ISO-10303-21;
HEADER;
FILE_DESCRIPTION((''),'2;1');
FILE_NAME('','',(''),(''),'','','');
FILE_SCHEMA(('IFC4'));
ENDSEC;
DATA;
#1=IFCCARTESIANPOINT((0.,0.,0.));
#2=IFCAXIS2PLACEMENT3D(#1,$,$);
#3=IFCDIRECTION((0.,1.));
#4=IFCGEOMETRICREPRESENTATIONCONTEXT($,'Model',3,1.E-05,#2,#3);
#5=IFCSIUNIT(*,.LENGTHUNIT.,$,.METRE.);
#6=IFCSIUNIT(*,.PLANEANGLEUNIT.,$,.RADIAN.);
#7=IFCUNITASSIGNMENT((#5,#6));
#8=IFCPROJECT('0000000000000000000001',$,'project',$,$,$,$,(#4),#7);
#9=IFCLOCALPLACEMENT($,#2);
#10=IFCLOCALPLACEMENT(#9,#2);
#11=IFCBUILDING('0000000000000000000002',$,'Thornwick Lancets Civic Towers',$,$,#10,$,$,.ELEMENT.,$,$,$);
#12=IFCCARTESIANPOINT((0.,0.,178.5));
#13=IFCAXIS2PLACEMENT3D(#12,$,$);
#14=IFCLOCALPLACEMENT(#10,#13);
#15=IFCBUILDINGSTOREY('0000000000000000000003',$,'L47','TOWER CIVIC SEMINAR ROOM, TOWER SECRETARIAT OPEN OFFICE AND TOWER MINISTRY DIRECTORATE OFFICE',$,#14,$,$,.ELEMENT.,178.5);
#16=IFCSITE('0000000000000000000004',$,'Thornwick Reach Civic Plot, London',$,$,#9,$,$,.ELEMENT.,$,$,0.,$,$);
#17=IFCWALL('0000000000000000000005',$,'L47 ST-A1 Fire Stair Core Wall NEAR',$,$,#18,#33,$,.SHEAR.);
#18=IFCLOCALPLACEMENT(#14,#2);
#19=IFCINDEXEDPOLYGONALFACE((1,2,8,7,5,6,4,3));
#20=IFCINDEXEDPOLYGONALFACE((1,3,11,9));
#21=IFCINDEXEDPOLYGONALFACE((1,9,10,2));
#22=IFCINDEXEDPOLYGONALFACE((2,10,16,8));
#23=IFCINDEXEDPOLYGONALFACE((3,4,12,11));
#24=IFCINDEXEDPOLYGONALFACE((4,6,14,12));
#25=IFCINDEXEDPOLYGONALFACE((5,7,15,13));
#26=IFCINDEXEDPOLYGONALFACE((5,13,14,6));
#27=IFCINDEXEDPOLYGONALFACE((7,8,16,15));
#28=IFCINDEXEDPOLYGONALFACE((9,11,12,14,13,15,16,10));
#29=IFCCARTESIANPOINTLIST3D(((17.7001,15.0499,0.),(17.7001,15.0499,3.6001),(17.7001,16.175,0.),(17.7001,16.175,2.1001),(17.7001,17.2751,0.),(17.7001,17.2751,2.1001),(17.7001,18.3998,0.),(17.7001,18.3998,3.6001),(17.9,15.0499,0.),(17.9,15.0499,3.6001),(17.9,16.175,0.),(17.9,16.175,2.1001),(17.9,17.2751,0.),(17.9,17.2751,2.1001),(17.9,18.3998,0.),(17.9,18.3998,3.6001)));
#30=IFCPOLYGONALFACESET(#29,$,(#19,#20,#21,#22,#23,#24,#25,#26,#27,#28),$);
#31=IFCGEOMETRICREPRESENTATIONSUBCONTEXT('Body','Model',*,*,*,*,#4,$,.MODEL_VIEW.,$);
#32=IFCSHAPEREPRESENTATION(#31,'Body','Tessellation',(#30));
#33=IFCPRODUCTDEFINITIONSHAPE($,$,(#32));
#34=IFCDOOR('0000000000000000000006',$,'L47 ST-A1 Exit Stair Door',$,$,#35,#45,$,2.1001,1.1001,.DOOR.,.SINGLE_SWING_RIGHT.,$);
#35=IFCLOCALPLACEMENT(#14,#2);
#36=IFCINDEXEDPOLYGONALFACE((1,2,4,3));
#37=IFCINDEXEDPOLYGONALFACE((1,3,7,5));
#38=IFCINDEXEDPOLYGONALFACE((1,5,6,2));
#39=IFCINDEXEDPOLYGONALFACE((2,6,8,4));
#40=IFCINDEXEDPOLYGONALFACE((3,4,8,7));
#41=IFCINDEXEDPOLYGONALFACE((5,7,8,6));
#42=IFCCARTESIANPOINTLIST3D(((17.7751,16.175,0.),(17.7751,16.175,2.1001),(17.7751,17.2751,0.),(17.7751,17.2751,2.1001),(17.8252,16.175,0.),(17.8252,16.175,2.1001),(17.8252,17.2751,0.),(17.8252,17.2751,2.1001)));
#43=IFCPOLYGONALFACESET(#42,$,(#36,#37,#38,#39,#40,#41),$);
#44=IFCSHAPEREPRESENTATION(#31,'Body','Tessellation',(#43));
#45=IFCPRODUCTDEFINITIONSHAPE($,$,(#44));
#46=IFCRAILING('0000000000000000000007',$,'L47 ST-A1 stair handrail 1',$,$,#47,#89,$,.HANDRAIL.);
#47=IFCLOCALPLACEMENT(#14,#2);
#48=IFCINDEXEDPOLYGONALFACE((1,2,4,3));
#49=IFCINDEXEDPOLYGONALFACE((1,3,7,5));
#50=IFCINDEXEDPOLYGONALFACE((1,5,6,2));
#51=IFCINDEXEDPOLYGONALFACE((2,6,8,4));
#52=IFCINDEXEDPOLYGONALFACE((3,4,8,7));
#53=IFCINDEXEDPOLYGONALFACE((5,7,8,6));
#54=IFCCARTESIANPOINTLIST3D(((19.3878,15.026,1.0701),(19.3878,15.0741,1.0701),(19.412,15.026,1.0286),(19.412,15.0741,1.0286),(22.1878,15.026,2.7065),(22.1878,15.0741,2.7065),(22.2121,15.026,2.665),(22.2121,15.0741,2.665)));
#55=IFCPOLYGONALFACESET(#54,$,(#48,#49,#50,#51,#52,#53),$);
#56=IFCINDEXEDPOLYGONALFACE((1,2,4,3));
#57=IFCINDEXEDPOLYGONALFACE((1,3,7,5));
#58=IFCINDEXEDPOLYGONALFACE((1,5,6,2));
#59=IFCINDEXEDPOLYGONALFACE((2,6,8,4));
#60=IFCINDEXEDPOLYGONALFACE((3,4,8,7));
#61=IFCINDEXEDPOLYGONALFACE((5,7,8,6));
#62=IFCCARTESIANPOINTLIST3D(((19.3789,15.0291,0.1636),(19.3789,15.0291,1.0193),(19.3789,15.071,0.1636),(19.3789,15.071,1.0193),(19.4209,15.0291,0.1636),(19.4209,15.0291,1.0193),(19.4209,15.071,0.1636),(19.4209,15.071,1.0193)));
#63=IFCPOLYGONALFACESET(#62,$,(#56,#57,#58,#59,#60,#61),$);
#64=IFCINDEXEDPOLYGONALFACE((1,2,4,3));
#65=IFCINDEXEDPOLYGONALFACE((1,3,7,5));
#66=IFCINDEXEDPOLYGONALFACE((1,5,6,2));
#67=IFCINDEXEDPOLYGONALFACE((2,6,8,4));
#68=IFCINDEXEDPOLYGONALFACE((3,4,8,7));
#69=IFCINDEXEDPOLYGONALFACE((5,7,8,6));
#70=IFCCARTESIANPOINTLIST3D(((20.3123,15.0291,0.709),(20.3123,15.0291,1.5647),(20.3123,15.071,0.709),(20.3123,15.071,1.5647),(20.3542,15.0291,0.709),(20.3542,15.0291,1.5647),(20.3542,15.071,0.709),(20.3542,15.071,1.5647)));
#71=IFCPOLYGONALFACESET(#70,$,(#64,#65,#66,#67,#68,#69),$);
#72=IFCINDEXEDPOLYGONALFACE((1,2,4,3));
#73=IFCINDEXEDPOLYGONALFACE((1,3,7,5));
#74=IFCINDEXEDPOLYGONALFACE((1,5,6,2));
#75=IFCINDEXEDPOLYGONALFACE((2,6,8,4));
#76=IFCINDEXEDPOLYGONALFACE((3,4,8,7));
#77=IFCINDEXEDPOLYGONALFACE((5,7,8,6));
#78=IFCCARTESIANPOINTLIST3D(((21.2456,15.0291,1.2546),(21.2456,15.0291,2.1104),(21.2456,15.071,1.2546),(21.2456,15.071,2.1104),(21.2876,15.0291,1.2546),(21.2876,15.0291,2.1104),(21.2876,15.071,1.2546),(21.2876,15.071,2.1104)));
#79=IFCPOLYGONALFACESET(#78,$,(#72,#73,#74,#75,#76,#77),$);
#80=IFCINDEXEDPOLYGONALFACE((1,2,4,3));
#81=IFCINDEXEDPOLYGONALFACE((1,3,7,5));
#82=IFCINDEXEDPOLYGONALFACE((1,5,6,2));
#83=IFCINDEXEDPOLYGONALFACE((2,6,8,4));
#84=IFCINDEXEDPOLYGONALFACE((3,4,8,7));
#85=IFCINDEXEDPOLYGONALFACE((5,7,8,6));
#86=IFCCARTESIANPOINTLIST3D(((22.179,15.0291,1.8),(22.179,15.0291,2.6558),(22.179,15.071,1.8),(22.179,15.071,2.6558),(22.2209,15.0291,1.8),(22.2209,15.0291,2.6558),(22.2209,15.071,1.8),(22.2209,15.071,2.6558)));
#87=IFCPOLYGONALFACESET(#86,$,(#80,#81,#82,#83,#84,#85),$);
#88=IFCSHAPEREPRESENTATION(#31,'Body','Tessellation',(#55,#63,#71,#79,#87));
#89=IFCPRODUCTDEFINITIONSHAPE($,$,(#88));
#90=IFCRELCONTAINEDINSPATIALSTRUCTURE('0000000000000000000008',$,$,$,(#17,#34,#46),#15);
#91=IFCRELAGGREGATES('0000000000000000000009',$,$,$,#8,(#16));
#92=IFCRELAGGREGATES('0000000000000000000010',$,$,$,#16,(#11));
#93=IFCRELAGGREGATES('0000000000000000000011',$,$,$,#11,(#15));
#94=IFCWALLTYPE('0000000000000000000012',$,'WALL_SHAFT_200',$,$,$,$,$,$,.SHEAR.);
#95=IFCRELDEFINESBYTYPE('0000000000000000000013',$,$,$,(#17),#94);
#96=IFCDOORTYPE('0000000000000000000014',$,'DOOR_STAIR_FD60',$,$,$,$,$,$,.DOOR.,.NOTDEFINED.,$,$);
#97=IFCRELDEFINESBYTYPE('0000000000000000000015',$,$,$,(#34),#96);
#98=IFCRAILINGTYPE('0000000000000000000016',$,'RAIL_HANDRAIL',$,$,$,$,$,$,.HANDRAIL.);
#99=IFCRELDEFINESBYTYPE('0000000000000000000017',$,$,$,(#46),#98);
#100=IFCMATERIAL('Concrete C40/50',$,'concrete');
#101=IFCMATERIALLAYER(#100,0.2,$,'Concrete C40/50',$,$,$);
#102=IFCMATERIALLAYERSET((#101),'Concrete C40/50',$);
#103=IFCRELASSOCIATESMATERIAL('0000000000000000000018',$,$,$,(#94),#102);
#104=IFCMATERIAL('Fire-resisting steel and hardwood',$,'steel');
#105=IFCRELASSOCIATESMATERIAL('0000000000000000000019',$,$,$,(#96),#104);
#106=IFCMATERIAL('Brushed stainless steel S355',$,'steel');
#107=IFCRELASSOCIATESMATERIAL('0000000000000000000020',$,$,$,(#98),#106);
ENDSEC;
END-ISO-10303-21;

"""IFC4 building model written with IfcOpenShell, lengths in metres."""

from ifc_helpers import new_model, si_unit, direction, frame, frame_2d, origin, origin_2d, place, context, subcontext, project, spatial, rectangle, extrude, material, layer, layer_set, type_object, element, fill, save


model = new_model("IFC4")

# Units and contexts
model_context = context("Model", 3, precision=1e-05, world=origin(), true_north=direction((0.0, 1.0)))
body_context = subcontext(model_context, "Body", "Model", "MODEL_VIEW")
ifc_project = project(units=[si_unit("LENGTHUNIT", "METRE"), si_unit("PLANEANGLEUNIT", "RADIAN")], contexts=[model_context])

# Site, building, storey
site_placement = place(None, origin())
site = spatial("IfcSite", under=ifc_project, at=site_placement, Name="Thornwick Reach Civic Plot, London", CompositionType="ELEMENT", RefElevation=0.0)
building_placement = place(site_placement, origin())
building = spatial("IfcBuilding", under=site, at=building_placement, Name="Thornwick Lancets Civic Towers", CompositionType="ELEMENT")
storey_placement = place(building_placement, frame((0.0, 0.0, 178.5)))
storey = spatial("IfcBuildingStorey", under=building, at=storey_placement, Name="L47", Description="TOWER CIVIC SEMINAR ROOM, TOWER SECRETARIAT OPEN OFFICE AND TOWER MINISTRY DIRECTORATE OFFICE", CompositionType="ELEMENT", Elevation=178.5)

# Shared definitions
ifc_material_1 = material(Name="Concrete C40/50", Category="concrete")

# Wall, opening, door
ifc_layer_1 = layer(ifc_material_1, 0.2, Name="Concrete C40/50")
ifc_layer_set_1 = layer_set([ifc_layer_1], Name="Concrete C40/50")
wall_type_1 = type_object("IfcWallType", Name="WALL_SHAFT_200", PredefinedType="SHEAR", material=ifc_layer_set_1)
wall_1_placement = place(storey_placement, frame((17.8, 15.05, 0.0), z_axis=(0.0, 0.0, 1.0), x_axis=(0.0, 1.0, 0.0)))
wall_1 = element("IfcWall", 1, at=wall_1_placement, inside=storey, type_object=wall_type_1, Name="L47 ST-A1 Fire Stair Core Wall NEAR", PredefinedType="SHEAR", context=body_context, shape_type="SweptSolid", body=[
    extrude(rectangle(XDim=3.3499, YDim=0.2, at=frame_2d((1.6748, 0.0))), origin(), (0.0, 0.0, 1.0), 3.6001),
])
opening_1_placement = place(wall_1_placement, frame((1.125, 0.0, 0.0)))
opening_1 = element("IfcOpeningElement", 2, at=opening_1_placement, cuts=wall_1, PredefinedType="OPENING", context=body_context, shape_type="SweptSolid", body=[
    extrude(rectangle(XDim=1.1001, YDim=2.1001, at=frame_2d((0.55, 1.05))), frame((0.0, 0.1099, 0.0), z_axis=(0.0, -1.0, 0.0), x_axis=(1.0, 0.0, 0.0)), (0.0, 0.0, 1.0), 0.22),
])
ifc_material_2 = material(Name="Fire-resisting steel and hardwood", Category="steel")
door_type = type_object("IfcDoorType", Name="DOOR_STAIR_FD60", OperationType="NOTDEFINED", PredefinedType="DOOR", material=ifc_material_2)
door_placement = place(opening_1_placement, origin())
door = element("IfcDoor", 3, at=door_placement, inside=storey, type_object=door_type, Name="L47 ST-A1 Exit Stair Door", OperationType="SINGLE_SWING_RIGHT", OverallHeight=2.1001, OverallWidth=1.1001, PredefinedType="DOOR", context=body_context, shape_type="SweptSolid", body=[
    extrude(rectangle(XDim=1.1001, YDim=2.1001, at=frame_2d((0.55, 1.05))), frame((0.0, 0.0249, 0.0), z_axis=(0.0, -1.0, 0.0), x_axis=(1.0, 0.0, 0.0)), (0.0, 0.0, 1.0), 0.05),
])
fill(opening_1, door)

# Railing
ifc_material_3 = material(Name="Brushed stainless steel S355", Category="steel")
railing_type = type_object("IfcRailingType", Name="RAIL_HANDRAIL", PredefinedType="HANDRAIL", material=ifc_material_3)
railing_placement = place(storey_placement, frame((19.3999, 15.05, 0.1636)))
element("IfcRailing", 4, at=railing_placement, inside=storey, type_object=railing_type, Name="L47 ST-A1 stair handrail 1", PredefinedType="HANDRAIL", context=body_context, shape_type="SweptSolid", body=[
    extrude(rectangle(XDim=0.0481, YDim=0.0481, at=origin_2d()), frame((0.0, 0.0, 0.8857), z_axis=(0.863361, 0.0, 0.504587), x_axis=(0.0, 1.0, 0.0)), (0.0, 0.0, 1.0), 3.2432),
    extrude(rectangle(XDim=0.042, YDim=0.042, at=origin_2d()), origin(), (0.0, 0.0, 1.0), 0.8557),
    extrude(rectangle(XDim=0.042, YDim=0.042, at=origin_2d()), frame((0.9333, 0.0, 0.5454)), (0.0, 0.0, 1.0), 0.8557),
    extrude(rectangle(XDim=0.042, YDim=0.042, at=origin_2d()), frame((1.8667, 0.0, 1.0911)), (0.0, 0.0, 1.0), 0.8557),
    extrude(rectangle(XDim=0.042, YDim=0.042, at=origin_2d()), frame((2.8, 0.0, 1.6365)), (0.0, 0.0, 1.0), 0.8557),
])

save(model, "model.ifc")
